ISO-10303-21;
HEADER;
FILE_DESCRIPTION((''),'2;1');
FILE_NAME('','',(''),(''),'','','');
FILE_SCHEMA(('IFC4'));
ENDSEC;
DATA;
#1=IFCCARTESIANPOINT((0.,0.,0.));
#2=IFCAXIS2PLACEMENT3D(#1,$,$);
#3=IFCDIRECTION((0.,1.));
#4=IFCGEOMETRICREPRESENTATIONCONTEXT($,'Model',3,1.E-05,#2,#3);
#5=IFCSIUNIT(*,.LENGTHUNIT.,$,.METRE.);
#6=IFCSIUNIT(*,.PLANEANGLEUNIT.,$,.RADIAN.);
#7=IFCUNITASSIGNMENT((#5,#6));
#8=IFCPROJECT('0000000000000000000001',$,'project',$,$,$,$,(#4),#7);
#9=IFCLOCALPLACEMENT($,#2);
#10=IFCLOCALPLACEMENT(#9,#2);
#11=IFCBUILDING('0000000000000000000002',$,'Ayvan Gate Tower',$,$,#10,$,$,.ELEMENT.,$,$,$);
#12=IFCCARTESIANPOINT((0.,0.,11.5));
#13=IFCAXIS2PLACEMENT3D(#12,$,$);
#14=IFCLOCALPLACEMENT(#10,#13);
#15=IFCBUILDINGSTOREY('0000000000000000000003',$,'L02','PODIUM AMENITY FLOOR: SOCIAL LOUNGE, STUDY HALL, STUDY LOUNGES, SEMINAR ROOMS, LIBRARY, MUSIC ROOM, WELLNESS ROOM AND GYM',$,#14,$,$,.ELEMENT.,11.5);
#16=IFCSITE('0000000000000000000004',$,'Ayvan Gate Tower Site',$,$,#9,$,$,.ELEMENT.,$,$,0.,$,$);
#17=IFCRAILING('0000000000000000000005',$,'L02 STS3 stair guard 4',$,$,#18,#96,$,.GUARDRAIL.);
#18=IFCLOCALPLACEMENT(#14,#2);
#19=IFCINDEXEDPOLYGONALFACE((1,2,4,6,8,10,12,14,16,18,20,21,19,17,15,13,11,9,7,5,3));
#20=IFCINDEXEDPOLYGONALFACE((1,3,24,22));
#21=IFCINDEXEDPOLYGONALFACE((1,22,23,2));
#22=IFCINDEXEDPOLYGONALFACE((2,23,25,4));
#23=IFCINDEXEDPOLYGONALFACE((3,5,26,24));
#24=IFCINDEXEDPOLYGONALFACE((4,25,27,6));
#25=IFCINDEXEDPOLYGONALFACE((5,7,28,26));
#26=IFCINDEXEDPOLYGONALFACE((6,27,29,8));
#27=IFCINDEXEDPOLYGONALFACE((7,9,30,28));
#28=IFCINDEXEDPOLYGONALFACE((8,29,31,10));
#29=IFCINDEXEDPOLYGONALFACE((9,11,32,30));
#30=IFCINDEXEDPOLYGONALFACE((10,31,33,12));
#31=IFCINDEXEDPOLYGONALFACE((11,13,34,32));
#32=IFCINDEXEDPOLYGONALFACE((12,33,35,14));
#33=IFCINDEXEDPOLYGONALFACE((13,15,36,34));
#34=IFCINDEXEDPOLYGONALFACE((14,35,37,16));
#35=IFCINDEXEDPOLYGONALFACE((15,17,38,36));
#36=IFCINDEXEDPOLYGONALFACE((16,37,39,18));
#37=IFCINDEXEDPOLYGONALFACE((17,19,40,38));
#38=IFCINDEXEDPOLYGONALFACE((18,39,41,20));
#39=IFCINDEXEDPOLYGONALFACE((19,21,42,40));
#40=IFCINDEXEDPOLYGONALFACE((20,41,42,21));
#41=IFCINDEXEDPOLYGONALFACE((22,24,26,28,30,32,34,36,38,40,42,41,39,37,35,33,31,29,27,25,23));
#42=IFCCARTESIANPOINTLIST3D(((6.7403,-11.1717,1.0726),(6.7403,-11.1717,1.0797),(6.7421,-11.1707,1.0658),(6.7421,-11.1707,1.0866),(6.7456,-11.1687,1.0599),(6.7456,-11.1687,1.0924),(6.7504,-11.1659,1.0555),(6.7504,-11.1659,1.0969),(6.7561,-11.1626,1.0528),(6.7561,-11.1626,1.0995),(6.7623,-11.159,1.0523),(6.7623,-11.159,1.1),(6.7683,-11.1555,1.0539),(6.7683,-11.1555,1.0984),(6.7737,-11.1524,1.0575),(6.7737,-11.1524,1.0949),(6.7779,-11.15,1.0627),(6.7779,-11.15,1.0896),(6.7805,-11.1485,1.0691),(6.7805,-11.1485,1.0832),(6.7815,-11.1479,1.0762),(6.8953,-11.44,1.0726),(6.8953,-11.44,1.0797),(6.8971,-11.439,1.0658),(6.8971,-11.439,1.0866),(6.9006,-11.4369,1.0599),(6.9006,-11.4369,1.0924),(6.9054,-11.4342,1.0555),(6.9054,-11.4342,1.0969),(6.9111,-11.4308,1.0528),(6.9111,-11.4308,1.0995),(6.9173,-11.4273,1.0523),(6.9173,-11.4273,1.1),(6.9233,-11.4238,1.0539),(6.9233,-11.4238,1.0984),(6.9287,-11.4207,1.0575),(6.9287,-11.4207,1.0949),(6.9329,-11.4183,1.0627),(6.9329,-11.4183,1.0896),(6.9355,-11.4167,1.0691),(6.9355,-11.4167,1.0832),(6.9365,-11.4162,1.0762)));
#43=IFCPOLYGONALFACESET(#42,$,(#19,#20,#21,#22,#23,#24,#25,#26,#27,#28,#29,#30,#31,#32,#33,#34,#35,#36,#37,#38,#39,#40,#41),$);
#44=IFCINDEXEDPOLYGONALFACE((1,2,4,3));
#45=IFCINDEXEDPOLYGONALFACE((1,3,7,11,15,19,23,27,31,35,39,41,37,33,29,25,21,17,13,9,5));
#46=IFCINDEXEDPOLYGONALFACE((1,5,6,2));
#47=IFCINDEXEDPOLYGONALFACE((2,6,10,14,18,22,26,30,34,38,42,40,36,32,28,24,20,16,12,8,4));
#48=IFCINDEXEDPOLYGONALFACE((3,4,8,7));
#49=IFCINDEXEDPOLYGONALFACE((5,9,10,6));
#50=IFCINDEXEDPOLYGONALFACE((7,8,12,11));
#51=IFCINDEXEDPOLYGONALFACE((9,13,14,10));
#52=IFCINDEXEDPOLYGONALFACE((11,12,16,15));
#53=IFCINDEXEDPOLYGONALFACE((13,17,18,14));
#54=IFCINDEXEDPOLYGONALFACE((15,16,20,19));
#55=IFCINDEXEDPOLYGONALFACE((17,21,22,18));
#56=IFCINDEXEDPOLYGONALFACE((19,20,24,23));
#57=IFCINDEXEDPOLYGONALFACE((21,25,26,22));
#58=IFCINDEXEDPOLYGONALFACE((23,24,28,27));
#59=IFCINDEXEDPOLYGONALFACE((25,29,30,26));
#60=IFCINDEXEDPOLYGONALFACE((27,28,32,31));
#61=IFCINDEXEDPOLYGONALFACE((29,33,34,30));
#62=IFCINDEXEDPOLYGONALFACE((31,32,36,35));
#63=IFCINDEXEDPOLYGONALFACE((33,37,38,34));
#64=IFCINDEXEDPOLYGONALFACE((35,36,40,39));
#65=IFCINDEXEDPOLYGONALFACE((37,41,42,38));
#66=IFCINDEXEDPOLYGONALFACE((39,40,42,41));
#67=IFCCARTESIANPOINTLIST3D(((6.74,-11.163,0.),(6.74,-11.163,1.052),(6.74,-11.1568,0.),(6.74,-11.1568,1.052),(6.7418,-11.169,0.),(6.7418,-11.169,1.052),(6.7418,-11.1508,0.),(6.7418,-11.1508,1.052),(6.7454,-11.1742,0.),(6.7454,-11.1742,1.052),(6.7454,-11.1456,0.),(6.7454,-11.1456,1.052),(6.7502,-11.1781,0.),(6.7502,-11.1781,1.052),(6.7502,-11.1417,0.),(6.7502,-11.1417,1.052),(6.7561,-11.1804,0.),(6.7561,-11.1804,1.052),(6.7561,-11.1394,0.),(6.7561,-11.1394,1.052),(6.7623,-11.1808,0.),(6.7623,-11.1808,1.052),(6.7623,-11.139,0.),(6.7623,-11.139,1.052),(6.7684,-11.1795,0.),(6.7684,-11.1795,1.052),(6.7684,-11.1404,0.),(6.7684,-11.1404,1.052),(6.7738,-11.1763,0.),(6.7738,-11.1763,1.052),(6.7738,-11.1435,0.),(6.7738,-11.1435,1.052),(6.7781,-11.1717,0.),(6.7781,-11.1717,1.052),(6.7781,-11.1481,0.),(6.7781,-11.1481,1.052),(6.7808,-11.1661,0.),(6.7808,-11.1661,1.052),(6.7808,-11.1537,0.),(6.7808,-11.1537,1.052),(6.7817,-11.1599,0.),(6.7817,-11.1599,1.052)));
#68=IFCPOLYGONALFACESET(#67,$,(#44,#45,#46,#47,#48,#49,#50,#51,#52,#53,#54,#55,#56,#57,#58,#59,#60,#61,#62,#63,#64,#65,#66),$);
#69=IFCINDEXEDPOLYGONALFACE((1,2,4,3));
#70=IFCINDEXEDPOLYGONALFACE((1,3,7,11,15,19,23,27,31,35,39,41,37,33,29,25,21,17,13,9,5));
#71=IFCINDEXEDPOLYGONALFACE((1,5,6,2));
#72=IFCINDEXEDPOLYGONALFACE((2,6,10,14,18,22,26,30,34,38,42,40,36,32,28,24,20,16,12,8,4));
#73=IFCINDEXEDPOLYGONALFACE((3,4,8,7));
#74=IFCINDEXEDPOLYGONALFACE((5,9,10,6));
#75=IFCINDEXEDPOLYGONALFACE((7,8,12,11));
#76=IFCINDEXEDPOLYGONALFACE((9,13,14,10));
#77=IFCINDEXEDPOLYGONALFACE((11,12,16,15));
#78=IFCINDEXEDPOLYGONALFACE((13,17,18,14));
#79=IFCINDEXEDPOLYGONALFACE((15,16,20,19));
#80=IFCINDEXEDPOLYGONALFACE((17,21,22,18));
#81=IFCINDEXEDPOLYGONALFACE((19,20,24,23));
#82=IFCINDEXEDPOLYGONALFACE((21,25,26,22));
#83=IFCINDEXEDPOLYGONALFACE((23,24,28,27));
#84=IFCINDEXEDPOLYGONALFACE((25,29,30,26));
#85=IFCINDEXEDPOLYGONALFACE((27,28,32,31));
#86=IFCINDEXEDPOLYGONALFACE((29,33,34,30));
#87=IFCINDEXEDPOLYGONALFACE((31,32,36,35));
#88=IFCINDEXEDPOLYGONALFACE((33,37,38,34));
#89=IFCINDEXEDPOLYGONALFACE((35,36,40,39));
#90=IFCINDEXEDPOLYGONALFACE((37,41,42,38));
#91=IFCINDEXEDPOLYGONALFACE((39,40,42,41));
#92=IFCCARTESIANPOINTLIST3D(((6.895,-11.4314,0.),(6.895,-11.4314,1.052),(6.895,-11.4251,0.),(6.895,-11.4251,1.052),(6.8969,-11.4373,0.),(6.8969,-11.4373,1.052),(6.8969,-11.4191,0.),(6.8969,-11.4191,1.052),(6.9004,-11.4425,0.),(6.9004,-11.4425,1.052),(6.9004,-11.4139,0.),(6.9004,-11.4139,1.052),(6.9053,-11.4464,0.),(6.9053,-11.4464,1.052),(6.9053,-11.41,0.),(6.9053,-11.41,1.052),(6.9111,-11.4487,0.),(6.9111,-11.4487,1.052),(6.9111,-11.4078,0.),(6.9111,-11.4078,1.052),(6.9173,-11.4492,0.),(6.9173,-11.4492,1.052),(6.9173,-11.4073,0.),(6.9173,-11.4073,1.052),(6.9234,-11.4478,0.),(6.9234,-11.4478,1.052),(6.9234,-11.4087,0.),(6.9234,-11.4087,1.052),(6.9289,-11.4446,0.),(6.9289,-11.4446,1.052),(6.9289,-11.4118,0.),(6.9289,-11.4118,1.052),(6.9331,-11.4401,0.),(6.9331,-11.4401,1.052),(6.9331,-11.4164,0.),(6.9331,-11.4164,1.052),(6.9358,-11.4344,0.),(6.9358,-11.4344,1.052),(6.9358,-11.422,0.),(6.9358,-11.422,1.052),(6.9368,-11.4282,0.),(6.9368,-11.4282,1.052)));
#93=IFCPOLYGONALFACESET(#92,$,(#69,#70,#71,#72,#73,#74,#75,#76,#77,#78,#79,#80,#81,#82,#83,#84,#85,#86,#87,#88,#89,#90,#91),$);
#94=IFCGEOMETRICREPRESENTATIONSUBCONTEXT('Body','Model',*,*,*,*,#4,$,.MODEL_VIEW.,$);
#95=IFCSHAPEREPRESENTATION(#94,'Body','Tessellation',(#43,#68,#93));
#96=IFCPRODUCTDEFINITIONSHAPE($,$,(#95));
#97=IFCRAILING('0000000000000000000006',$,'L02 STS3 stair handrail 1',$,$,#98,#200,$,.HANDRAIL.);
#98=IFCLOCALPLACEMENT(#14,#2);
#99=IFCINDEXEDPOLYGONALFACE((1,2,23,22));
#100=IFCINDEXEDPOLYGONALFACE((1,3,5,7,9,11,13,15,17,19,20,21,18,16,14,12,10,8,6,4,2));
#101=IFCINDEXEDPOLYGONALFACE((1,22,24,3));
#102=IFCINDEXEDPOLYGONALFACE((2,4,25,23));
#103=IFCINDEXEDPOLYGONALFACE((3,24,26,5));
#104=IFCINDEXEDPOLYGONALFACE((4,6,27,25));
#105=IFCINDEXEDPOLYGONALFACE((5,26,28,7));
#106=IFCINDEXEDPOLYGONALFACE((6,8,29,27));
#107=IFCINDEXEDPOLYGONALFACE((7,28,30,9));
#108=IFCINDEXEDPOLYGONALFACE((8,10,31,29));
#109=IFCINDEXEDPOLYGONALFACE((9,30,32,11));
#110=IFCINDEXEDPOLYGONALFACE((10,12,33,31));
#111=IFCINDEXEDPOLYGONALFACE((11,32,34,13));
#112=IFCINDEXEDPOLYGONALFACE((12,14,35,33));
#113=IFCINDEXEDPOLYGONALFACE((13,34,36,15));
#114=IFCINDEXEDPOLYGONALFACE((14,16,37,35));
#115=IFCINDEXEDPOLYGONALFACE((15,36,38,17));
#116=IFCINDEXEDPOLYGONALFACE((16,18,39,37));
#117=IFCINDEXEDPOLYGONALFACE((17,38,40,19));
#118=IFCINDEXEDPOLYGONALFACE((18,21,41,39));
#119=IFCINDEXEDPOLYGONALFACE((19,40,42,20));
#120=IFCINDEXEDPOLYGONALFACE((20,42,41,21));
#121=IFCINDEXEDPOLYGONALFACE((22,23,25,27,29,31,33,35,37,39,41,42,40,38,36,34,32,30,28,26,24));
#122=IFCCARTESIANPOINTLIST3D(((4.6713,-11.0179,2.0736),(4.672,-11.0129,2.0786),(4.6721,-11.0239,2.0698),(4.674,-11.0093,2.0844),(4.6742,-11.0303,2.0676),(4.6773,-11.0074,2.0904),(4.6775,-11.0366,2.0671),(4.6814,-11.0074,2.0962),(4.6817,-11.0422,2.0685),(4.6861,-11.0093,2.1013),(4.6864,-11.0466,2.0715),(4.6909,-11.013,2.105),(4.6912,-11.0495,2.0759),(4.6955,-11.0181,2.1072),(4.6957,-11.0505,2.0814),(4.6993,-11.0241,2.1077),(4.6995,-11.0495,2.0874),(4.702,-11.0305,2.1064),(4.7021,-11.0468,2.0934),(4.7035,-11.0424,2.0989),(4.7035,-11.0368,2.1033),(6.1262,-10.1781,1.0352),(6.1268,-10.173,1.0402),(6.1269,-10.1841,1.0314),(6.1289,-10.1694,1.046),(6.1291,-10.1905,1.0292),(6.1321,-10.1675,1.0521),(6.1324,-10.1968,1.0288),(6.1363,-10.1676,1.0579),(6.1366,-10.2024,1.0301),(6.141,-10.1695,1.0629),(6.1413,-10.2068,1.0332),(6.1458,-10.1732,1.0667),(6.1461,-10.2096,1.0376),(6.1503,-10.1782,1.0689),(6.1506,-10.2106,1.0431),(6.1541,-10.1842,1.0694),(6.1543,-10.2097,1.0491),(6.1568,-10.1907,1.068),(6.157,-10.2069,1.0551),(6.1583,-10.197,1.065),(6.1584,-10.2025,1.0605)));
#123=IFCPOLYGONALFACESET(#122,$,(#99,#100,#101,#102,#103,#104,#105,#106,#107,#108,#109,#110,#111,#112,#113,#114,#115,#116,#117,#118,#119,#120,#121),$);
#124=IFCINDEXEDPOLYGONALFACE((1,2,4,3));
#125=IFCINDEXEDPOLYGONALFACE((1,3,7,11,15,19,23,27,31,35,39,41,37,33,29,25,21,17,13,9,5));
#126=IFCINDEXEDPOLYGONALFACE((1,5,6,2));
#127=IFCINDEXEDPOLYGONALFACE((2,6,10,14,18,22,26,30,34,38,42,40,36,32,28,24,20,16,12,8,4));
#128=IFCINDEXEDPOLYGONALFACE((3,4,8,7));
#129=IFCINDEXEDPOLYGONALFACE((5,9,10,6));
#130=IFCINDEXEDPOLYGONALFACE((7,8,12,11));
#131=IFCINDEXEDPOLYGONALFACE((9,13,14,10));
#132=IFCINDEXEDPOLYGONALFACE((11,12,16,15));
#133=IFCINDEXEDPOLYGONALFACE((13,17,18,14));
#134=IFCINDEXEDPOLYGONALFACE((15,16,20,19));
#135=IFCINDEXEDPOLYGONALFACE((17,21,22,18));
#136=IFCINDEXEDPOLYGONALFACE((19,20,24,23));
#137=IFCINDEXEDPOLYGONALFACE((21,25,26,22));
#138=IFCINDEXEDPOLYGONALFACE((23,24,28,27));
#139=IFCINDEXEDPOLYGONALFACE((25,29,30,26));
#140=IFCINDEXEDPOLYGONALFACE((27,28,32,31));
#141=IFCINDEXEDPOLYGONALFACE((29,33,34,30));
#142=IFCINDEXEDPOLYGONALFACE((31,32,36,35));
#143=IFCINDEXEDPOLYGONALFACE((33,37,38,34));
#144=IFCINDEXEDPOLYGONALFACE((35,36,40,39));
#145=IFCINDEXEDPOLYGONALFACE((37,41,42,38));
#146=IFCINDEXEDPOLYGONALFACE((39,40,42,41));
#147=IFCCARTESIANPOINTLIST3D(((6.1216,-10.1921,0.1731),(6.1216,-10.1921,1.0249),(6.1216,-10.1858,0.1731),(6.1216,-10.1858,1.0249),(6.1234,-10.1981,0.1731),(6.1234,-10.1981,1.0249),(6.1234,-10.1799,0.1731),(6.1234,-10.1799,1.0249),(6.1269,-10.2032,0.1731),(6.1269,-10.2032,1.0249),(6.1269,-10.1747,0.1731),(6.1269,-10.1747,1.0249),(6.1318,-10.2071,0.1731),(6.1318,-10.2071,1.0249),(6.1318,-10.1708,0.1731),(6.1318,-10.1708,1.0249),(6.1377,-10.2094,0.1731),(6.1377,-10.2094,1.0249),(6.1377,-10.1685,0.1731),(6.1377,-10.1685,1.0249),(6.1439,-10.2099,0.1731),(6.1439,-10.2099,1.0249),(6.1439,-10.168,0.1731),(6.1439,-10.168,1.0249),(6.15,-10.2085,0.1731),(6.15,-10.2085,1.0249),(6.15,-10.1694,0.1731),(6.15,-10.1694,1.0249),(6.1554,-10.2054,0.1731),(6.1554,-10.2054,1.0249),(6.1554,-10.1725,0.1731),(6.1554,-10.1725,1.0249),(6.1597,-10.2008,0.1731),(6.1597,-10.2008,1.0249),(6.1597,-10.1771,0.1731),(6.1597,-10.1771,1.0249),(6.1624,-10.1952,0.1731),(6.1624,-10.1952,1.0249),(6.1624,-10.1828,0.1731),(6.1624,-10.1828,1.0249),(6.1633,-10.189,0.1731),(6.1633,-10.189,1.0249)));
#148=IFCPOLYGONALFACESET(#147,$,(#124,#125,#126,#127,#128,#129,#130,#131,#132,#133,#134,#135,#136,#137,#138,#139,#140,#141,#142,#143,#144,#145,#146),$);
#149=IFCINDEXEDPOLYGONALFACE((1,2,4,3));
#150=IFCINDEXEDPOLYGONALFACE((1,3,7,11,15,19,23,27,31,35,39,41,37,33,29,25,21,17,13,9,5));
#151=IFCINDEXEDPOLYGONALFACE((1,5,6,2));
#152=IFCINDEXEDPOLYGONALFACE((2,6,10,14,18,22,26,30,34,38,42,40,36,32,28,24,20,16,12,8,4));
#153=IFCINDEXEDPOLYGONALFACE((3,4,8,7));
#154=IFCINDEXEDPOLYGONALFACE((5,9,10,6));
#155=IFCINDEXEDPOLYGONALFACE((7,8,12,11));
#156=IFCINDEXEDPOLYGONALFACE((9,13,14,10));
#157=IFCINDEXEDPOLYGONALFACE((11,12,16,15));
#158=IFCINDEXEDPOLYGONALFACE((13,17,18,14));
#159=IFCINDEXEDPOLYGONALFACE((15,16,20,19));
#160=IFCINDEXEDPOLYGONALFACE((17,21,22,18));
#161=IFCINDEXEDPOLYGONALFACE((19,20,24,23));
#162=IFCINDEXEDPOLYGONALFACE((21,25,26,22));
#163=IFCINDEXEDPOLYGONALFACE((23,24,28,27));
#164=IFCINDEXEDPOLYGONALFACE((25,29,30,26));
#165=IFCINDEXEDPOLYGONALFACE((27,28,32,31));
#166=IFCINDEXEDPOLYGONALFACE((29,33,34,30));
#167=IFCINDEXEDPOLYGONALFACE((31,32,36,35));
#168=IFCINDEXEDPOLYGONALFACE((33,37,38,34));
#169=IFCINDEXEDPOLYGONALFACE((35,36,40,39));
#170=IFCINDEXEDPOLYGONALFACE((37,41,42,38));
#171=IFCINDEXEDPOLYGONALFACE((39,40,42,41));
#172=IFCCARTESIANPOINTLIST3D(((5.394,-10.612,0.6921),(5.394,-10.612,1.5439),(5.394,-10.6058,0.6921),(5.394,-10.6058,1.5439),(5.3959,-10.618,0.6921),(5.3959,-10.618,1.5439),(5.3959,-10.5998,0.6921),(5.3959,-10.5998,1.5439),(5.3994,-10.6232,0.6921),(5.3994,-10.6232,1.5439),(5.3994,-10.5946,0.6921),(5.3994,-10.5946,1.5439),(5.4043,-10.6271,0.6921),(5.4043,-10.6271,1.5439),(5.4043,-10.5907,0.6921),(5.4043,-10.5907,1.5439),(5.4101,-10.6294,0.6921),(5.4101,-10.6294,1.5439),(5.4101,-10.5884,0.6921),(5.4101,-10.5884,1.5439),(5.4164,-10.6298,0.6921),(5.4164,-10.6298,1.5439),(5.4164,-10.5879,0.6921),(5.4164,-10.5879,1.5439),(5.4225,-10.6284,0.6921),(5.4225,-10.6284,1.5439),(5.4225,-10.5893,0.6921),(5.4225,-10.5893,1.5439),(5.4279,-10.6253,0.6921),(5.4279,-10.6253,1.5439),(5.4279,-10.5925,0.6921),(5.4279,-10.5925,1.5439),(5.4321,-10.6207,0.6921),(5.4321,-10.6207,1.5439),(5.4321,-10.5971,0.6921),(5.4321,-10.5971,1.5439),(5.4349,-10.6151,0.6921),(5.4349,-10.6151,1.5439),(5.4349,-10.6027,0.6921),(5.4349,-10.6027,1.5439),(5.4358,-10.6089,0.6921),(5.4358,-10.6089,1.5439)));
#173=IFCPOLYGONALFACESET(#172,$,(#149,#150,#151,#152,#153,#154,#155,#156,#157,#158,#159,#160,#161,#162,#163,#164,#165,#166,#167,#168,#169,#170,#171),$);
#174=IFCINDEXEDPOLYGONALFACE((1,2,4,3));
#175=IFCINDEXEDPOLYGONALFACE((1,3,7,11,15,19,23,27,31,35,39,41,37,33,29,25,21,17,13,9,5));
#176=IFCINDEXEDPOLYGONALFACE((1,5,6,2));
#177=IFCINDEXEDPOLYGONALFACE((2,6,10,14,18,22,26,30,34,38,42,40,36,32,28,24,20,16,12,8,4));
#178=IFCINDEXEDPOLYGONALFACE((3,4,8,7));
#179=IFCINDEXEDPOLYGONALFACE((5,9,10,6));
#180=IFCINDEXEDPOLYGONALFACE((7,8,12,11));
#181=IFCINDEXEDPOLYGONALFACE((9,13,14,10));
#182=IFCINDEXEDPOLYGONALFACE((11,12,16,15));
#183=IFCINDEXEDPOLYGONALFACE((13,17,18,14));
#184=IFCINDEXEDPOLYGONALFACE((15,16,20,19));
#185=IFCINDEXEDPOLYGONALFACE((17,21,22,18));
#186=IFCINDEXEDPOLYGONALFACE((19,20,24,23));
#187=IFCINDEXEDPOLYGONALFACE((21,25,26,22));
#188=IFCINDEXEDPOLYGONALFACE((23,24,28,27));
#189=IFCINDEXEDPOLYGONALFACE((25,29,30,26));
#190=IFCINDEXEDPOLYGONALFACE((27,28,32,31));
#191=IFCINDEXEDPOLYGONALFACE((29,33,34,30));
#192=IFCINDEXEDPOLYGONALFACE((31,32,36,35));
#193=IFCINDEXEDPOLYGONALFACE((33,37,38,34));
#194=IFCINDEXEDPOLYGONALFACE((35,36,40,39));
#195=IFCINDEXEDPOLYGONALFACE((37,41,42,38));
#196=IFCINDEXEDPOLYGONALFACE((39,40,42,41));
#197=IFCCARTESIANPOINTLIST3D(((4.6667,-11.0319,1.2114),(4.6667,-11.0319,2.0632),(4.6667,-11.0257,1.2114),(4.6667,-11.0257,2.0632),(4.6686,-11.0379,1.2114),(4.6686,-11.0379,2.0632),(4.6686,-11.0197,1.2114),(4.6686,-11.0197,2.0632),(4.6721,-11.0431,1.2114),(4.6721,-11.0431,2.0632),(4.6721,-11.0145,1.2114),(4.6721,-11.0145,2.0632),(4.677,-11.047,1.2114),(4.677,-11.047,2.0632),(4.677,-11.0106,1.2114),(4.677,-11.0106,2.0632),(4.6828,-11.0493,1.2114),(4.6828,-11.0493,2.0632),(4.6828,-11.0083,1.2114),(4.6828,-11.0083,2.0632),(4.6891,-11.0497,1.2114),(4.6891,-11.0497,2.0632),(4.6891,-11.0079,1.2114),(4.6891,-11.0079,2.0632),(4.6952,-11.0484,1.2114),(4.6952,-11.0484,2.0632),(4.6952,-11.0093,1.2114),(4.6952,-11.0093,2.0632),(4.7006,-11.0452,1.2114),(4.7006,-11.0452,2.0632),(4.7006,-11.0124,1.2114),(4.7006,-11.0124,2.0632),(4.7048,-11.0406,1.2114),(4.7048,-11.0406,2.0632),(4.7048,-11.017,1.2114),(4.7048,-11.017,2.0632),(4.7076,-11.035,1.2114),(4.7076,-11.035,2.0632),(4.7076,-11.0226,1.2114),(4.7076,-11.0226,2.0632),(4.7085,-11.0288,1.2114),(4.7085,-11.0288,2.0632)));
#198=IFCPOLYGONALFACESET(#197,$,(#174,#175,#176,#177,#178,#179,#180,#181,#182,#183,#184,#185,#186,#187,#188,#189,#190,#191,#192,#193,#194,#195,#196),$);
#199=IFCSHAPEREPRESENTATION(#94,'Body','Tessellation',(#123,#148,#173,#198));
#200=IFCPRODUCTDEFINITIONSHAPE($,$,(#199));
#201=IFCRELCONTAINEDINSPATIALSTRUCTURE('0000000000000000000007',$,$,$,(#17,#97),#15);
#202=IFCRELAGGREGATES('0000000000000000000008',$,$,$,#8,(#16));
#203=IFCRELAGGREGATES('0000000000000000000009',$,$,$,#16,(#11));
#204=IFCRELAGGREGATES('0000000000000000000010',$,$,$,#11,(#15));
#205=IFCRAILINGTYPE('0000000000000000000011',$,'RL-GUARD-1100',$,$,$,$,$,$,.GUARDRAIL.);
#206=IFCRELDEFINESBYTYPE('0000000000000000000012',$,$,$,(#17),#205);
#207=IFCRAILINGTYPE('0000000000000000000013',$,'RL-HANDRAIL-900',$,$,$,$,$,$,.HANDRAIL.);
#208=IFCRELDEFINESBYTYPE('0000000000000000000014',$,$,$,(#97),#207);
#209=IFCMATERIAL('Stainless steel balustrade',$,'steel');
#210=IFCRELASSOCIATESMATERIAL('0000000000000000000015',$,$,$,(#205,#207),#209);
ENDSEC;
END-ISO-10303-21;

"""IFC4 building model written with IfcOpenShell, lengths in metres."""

from ifc_helpers import new_model, si_unit, direction, frame, origin, origin_2d, place, context, subcontext, project, spatial, circle, extrude, material, type_object, element, save


model = new_model("IFC4")

# Units and contexts
model_context = context("Model", 3, precision=1e-05, world=origin(), true_north=direction((0.0, 1.0)))
body_context = subcontext(model_context, "Body", "Model", "MODEL_VIEW")
ifc_project = project(units=[si_unit("LENGTHUNIT", "METRE"), si_unit("PLANEANGLEUNIT", "RADIAN")], contexts=[model_context])

# Site, building, storey
site_placement = place(None, origin())
site = spatial("IfcSite", under=ifc_project, at=site_placement, Name="Ayvan Gate Tower Site", CompositionType="ELEMENT", RefElevation=0.0)
building_placement = place(site_placement, origin())
building = spatial("IfcBuilding", under=site, at=building_placement, Name="Ayvan Gate Tower", CompositionType="ELEMENT")
storey_placement = place(building_placement, frame((0.0, 0.0, 11.5)))
storey = spatial("IfcBuildingStorey", under=building, at=storey_placement, Name="L02", Description="PODIUM AMENITY FLOOR: SOCIAL LOUNGE, STUDY HALL, STUDY LOUNGES, SEMINAR ROOMS, LIBRARY, MUSIC ROOM, WELLNESS ROOM AND GYM", CompositionType="ELEMENT", Elevation=11.5)

# Railings
ifc_material_1 = material(Name="Stainless steel balustrade", Category="steel")
railing_type_1 = type_object("IfcRailingType", Name="RL-GUARD-1100", PredefinedType="GUARDRAIL", material=ifc_material_1)
railing_1_placement = place(storey_placement, frame((6.7607, -11.1599, 0.0)))
element("IfcRailing", 1, at=railing_1_placement, inside=storey, type_object=railing_type_1, Name="L02 STS3 stair guard 4", PredefinedType="GUARDRAIL", context=body_context, shape_type="SweptSolid", body=[
    extrude(circle(Radius=0.0239, at=origin_2d()), frame((0.0, 0.0, 1.0762), z_axis=(0.500291, -0.865857, 0.0), x_axis=(0.865857, 0.500291, 0.0)), (0.0, 0.0, 1.0), 0.3098),
    extrude(circle(Radius=0.021, at=origin_2d()), origin(), (0.0, 0.0, 1.0), 1.052),
    extrude(circle(Radius=0.021, at=origin_2d()), frame((0.155, -0.2683, 0.0)), (0.0, 0.0, 1.0), 1.052),
])
railing_type_2 = type_object("IfcRailingType", Name="RL-HANDRAIL-900", PredefinedType="HANDRAIL", material=ifc_material_1)
railing_2_placement = place(storey_placement, frame((6.1423, -10.189, 0.1731)))
element("IfcRailing", 2, at=railing_2_placement, inside=storey, type_object=railing_type_2, Name="L02 STS3 stair handrail 1", PredefinedType="HANDRAIL", context=body_context, shape_type="SweptSolid", body=[
    extrude(circle(Radius=0.0239, at=origin_2d()), frame((0.0, 0.0, 0.876), z_axis=(-0.736683, -0.425271, 0.525778), x_axis=(0.499953, -0.866052, 0.0)), (0.0, 0.0, 1.0), 1.9749),
    extrude(circle(Radius=0.021, at=origin_2d()), origin(), (0.0, 0.0, 1.0), 0.8518),
    extrude(circle(Radius=0.021, at=origin_2d()), frame((-0.7275, -0.4199, 0.519)), (0.0, 0.0, 1.0), 0.8518),
    extrude(circle(Radius=0.021, at=origin_2d()), frame((-1.4548, -0.8398, 1.0383)), (0.0, 0.0, 1.0), 0.8518),
])

save(model, "model.ifc")
